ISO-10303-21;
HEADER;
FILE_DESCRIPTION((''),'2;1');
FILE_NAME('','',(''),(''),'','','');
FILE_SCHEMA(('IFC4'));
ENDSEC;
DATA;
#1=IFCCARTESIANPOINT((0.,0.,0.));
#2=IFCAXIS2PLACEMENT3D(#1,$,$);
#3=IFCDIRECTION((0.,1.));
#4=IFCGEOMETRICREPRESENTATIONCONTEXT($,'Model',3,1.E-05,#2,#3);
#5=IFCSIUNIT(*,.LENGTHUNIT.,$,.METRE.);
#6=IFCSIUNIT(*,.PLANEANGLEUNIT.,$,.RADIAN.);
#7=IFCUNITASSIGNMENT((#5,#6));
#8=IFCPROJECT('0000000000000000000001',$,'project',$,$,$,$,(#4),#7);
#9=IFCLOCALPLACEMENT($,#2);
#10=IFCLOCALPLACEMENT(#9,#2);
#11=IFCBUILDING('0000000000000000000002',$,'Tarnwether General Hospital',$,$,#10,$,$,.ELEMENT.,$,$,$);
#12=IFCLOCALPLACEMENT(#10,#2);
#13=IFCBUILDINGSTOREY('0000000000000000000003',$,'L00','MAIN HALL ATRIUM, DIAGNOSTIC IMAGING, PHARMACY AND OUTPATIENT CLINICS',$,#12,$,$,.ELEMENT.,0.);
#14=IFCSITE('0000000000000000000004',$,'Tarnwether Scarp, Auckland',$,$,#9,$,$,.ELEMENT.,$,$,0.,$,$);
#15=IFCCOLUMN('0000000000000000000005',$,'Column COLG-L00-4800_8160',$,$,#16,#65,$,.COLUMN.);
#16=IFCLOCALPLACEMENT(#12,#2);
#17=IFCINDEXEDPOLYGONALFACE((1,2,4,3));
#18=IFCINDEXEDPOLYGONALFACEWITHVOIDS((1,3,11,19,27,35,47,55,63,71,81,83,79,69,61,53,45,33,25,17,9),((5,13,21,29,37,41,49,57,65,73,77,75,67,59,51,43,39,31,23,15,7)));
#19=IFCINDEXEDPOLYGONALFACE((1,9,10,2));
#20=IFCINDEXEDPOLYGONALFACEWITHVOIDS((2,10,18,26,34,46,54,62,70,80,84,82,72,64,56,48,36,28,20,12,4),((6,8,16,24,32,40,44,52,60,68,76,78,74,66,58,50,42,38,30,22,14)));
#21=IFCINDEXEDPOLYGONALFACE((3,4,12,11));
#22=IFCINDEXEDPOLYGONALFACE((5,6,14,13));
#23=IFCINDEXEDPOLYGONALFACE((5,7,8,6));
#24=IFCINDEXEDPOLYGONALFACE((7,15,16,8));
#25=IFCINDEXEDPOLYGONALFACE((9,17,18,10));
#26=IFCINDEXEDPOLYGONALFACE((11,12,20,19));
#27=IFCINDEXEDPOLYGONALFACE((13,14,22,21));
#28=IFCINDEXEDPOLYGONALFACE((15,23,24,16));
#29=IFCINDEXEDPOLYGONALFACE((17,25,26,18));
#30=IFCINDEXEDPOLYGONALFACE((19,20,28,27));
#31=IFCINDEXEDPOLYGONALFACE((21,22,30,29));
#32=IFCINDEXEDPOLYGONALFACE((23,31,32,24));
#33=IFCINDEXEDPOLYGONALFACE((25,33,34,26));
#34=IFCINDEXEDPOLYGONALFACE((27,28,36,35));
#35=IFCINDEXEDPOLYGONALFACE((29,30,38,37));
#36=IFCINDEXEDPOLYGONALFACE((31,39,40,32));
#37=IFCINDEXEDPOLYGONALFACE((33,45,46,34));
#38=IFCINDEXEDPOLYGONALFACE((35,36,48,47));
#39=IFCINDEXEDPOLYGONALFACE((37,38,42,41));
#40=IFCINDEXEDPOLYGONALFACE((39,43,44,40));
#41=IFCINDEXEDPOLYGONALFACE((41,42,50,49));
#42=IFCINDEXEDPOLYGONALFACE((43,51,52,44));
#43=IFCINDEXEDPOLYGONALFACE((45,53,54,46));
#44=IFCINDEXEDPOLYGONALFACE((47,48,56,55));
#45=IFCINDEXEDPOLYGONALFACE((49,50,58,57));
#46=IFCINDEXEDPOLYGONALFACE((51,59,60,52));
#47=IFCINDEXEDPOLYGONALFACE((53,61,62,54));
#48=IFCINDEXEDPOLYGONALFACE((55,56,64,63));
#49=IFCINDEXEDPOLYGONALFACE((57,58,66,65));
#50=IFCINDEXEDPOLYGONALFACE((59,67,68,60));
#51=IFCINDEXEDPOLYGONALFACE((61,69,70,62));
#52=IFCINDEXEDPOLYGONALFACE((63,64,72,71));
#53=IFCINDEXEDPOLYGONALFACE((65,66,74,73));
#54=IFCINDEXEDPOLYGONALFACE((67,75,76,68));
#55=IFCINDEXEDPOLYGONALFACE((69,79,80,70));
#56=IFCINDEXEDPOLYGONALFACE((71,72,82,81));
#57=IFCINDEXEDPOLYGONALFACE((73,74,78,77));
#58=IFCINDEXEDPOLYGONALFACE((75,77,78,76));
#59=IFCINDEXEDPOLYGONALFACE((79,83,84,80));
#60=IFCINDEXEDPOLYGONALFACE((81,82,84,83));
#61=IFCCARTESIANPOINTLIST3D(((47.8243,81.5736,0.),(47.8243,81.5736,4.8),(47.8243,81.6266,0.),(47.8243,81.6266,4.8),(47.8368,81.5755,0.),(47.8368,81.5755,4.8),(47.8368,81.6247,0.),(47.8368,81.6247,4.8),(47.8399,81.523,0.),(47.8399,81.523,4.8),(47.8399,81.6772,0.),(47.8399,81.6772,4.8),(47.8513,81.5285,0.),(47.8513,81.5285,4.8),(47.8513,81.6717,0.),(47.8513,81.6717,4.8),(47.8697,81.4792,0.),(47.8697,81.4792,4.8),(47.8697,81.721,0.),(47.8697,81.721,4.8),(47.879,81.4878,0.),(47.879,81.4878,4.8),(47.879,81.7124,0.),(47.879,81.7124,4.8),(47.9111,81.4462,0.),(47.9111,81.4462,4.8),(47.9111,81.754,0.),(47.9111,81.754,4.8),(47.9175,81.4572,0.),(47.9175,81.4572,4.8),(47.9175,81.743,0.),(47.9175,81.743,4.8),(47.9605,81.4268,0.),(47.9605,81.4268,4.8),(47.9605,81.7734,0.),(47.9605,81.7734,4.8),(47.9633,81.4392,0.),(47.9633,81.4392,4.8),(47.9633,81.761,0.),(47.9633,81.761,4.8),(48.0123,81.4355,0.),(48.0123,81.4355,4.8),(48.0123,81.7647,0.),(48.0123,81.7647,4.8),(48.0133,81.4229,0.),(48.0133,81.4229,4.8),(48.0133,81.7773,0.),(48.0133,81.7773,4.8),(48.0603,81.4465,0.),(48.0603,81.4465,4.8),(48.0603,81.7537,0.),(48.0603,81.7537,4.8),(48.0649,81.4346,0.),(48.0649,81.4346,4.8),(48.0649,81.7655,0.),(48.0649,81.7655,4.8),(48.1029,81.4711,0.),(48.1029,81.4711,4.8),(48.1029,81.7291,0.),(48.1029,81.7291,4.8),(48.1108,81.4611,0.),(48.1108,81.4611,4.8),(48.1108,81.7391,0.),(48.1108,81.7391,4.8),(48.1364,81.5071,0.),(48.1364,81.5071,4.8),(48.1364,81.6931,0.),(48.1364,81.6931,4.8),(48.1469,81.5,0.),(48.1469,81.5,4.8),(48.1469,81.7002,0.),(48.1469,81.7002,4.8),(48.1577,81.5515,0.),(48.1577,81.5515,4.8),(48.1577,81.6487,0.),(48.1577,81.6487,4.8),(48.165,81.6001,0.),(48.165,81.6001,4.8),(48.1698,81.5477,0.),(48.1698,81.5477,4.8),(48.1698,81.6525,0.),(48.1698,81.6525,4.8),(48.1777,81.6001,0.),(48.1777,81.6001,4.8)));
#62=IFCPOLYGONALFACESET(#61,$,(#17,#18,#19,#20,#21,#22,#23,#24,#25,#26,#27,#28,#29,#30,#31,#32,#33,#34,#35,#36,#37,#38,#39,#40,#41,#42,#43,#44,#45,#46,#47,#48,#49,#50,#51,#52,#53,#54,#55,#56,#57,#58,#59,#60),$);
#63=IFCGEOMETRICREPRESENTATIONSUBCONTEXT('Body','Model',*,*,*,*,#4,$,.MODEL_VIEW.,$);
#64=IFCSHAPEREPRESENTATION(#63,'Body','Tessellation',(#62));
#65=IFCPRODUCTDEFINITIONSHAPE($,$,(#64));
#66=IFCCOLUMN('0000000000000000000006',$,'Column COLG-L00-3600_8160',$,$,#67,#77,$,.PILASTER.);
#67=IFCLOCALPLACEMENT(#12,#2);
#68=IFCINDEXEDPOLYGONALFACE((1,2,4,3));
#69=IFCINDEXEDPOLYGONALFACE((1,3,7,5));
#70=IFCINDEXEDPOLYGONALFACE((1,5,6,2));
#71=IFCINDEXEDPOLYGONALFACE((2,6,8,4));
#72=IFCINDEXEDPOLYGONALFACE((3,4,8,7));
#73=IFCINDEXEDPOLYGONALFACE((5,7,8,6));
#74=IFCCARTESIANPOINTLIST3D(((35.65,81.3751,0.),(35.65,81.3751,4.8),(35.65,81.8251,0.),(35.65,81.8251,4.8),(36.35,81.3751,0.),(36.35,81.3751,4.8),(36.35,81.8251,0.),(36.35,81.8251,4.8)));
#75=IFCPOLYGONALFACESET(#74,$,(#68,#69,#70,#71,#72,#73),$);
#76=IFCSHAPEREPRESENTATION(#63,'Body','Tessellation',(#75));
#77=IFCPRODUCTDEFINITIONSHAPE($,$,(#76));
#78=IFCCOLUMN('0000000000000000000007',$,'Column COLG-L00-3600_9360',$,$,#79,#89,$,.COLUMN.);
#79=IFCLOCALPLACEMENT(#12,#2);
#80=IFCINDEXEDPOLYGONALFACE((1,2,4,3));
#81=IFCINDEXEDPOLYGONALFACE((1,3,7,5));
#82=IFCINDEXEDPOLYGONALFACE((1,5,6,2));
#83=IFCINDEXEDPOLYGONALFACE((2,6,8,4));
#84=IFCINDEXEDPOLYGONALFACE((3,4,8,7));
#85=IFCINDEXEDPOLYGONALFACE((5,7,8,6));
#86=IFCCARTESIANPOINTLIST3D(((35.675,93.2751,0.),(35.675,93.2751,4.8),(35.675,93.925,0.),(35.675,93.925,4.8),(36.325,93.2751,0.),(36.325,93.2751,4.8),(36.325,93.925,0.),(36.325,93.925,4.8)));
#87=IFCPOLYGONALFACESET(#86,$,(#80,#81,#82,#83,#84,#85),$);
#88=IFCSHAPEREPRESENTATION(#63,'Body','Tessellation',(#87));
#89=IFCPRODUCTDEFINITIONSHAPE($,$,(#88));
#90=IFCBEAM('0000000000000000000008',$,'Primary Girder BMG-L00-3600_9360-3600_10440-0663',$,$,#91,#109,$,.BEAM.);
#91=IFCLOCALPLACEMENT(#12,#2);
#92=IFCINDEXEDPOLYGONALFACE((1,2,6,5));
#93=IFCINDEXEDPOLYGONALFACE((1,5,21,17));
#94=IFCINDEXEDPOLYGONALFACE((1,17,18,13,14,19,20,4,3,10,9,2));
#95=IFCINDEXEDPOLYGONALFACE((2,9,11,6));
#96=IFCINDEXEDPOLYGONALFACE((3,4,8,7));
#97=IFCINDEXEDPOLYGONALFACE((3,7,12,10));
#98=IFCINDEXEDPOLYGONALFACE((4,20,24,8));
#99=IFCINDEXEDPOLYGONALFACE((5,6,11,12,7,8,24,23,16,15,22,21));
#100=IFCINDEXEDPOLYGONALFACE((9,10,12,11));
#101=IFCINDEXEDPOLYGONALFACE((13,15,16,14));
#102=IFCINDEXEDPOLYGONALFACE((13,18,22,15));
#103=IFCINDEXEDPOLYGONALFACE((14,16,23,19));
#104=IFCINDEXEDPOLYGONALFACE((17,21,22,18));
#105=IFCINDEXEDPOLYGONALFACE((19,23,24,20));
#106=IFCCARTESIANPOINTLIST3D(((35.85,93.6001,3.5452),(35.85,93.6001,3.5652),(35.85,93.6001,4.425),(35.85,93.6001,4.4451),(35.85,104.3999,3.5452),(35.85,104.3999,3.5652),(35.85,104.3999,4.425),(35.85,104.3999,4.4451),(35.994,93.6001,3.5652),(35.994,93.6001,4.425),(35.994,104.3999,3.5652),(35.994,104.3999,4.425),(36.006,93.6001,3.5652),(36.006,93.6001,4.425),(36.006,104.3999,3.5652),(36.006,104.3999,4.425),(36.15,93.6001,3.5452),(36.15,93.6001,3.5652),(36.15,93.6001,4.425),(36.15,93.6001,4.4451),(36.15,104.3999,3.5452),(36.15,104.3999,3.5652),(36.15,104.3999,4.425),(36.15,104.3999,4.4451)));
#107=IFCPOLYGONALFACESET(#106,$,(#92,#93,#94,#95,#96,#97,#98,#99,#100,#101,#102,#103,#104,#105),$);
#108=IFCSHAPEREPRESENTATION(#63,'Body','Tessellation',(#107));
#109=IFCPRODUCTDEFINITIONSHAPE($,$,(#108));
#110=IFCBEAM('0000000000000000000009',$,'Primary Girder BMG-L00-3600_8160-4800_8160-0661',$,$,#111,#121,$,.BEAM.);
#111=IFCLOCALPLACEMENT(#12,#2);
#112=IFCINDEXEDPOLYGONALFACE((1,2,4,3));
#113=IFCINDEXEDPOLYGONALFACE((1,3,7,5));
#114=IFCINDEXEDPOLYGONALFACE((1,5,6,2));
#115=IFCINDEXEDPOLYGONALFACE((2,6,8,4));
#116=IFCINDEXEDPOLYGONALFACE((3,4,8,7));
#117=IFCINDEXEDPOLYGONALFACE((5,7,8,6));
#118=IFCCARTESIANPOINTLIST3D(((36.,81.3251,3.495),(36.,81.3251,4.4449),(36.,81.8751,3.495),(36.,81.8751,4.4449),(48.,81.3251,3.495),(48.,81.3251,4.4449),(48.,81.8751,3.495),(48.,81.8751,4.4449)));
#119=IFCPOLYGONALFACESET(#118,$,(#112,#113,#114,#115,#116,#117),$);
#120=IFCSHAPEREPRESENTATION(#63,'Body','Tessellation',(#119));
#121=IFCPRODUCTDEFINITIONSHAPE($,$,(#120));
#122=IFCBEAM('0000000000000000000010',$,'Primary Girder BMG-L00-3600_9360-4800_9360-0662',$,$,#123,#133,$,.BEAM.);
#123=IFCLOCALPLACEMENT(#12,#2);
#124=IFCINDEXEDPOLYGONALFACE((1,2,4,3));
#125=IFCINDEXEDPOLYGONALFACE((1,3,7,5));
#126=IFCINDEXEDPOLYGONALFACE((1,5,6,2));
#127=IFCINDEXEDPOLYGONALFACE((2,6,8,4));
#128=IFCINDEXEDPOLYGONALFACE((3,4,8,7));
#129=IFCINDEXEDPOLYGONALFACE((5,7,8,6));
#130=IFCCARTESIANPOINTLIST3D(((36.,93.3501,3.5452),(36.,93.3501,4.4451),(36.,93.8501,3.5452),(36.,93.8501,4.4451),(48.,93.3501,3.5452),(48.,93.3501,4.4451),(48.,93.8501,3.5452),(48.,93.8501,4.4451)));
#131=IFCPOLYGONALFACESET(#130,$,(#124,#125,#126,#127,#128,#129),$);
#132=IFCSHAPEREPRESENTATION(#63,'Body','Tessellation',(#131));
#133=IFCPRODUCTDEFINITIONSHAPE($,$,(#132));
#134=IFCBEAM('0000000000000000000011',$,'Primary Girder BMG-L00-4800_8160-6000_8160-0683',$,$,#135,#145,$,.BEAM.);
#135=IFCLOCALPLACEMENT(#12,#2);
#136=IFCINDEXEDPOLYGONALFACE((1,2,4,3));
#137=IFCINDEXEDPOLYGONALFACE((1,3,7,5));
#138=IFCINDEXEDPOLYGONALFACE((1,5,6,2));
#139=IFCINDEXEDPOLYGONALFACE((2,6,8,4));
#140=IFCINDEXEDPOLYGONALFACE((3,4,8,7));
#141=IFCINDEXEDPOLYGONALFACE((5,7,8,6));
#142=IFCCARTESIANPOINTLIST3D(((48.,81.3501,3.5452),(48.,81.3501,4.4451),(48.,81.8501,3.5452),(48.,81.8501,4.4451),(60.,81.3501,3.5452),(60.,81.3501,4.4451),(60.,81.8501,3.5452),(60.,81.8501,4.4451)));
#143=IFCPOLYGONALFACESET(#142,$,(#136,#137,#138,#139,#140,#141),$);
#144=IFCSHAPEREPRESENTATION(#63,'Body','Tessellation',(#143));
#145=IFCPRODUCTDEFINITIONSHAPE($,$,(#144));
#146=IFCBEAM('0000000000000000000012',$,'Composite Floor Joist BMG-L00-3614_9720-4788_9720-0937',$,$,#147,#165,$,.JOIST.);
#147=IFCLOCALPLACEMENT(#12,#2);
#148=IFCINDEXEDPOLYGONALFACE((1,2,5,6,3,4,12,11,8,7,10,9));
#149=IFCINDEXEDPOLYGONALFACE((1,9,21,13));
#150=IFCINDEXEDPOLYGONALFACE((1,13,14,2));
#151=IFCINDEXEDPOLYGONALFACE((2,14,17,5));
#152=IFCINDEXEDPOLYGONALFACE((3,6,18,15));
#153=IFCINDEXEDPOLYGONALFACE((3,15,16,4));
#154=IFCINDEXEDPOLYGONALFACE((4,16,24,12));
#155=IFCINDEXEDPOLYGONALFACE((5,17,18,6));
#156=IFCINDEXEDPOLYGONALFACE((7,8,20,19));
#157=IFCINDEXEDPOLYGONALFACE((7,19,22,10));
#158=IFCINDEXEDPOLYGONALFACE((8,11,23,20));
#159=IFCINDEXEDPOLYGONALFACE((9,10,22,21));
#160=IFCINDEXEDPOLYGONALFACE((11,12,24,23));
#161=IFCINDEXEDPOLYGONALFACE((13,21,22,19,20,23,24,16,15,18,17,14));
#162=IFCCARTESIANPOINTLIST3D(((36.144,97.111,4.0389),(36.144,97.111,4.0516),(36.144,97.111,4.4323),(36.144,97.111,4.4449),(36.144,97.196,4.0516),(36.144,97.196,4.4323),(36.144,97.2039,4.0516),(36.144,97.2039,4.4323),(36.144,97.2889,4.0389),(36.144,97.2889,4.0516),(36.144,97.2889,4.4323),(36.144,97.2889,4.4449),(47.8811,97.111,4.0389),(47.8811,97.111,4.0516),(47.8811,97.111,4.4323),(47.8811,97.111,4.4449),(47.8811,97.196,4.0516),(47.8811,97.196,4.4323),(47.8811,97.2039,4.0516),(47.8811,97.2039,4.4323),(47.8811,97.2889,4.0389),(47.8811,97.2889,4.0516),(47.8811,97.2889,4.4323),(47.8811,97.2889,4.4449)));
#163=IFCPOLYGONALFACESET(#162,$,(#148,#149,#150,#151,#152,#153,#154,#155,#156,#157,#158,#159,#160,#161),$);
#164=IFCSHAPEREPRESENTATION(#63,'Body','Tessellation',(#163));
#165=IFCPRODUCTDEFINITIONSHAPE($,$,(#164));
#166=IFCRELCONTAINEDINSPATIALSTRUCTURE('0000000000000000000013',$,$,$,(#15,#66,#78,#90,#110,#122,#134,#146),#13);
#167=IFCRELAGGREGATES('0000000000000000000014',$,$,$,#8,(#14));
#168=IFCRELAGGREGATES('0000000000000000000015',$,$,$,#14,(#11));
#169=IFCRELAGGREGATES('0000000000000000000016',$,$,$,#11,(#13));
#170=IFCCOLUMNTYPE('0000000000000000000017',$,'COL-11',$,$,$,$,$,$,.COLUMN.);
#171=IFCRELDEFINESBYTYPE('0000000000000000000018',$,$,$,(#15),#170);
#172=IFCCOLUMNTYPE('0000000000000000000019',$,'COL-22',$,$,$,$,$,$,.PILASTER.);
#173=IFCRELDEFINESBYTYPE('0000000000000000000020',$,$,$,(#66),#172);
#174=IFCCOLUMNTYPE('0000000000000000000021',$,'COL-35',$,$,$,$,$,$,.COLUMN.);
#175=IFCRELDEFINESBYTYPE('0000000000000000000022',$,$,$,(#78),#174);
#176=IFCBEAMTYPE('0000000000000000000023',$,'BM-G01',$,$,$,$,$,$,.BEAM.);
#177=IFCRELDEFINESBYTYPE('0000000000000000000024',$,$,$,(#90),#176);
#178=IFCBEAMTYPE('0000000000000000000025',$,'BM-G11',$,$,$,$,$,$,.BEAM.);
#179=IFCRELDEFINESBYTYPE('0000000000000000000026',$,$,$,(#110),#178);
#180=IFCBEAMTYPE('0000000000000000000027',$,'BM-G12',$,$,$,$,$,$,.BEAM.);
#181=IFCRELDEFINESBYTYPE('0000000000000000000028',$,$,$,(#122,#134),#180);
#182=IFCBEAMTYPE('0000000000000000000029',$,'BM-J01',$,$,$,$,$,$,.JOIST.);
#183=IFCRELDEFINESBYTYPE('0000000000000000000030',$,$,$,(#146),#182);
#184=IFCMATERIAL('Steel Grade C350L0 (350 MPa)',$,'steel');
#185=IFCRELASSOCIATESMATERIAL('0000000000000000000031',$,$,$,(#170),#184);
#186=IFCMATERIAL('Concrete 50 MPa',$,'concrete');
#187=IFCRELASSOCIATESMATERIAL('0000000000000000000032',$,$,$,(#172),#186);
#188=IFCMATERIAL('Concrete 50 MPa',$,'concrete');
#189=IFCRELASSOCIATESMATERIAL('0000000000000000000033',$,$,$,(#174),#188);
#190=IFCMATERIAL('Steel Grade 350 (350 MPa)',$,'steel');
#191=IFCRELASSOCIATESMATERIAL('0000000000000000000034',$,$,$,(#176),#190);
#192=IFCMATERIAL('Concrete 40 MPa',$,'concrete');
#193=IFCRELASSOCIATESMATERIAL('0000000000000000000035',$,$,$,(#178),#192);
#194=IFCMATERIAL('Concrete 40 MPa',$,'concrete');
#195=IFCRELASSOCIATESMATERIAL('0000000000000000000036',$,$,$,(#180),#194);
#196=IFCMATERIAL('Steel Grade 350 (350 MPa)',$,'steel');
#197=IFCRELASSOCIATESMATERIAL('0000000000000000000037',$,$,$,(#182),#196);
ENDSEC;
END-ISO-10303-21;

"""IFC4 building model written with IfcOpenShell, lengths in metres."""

from ifc_helpers import new_model, si_unit, direction, frame, origin, origin_2d, place, context, subcontext, project, spatial, rectangle, hollow_circle, i_section, extrude, material, material_profile, profile_set, type_object, element, save


model = new_model("IFC4")

# Units and contexts
model_context = context("Model", 3, precision=1e-05, world=origin(), true_north=direction((0.0, 1.0)))
body_context = subcontext(model_context, "Body", "Model", "MODEL_VIEW")
ifc_project = project(units=[si_unit("LENGTHUNIT", "METRE"), si_unit("PLANEANGLEUNIT", "RADIAN")], contexts=[model_context])

# Site, building, storey
site_placement = place(None, origin())
site = spatial("IfcSite", under=ifc_project, at=site_placement, Name="Tarnwether Scarp, Auckland", CompositionType="ELEMENT", RefElevation=0.0)
building_placement = place(site_placement, origin())
building = spatial("IfcBuilding", under=site, at=building_placement, Name="Tarnwether General Hospital", CompositionType="ELEMENT")
storey_placement = place(building_placement, origin())
storey = spatial("IfcBuildingStorey", under=building, at=storey_placement, Name="L00", Description="MAIN HALL ATRIUM, DIAGNOSTIC IMAGING, PHARMACY AND OUTPATIENT CLINICS", CompositionType="ELEMENT", Elevation=0.0)

# Columns
ifc_material_1 = material(Name="Steel Grade C350L0 (350 MPa)", Category="steel")
ifc_material_profile_1 = material_profile(ifc_material_1, hollow_circle(Radius=0.1777, WallThickness=0.0127, at=origin_2d()), Name="CHS355.6x12.7")
ifc_profile_set_1 = profile_set([ifc_material_profile_1], Name="Steel Grade C350L0 (350 MPa)")
column_type_1 = type_object("IfcColumnType", Name="COL-11", PredefinedType="COLUMN", material=ifc_profile_set_1)
column_1_placement = place(storey_placement, frame((48.0, 81.6001, 0.0), z_axis=(0.0, 0.0, 1.0), x_axis=(1.0, 0.0, 0.0)))
element("IfcColumn", 1, at=column_1_placement, inside=storey, type_object=column_type_1, Name="Column COLG-L00-4800_8160", PredefinedType="COLUMN", context=body_context, shape_type="SweptSolid", body=[
    extrude(hollow_circle(Radius=0.1777, WallThickness=0.0127, at=origin_2d()), origin(), (0.0, 0.0, 1.0), 4.8),
])
ifc_material_2 = material(Name="Concrete 50 MPa", Category="concrete")
ifc_material_profile_2 = material_profile(ifc_material_2, rectangle(XDim=0.45, YDim=0.7, at=origin_2d()), Name="RC-PIL-450x700")
ifc_profile_set_2 = profile_set([ifc_material_profile_2], Name="Concrete 50 MPa")
column_type_2 = type_object("IfcColumnType", Name="COL-22", PredefinedType="PILASTER", material=ifc_profile_set_2)
column_2_placement = place(storey_placement, frame((36.0, 81.6001, 0.0), z_axis=(0.0, 0.0, 1.0), x_axis=(0.0, 1.0, 0.0)))
element("IfcColumn", 2, at=column_2_placement, inside=storey, type_object=column_type_2, Name="Column COLG-L00-3600_8160", PredefinedType="PILASTER", context=body_context, shape_type="SweptSolid", body=[
    extrude(rectangle(XDim=0.45, YDim=0.7, at=origin_2d()), origin(), (0.0, 0.0, 1.0), 4.8),
])
ifc_material_3 = material(Name="Concrete 50 MPa", Category="concrete")
ifc_material_profile_3 = material_profile(ifc_material_3, rectangle(XDim=0.6499, YDim=0.6499, at=origin_2d()), Name="RC-COL-650x650")
ifc_profile_set_3 = profile_set([ifc_material_profile_3], Name="Concrete 50 MPa")
column_type_3 = type_object("IfcColumnType", Name="COL-35", PredefinedType="COLUMN", material=ifc_profile_set_3)
column_3_placement = place(storey_placement, frame((36.0, 93.6001, 0.0), z_axis=(0.0, 0.0, 1.0), x_axis=(0.0, 1.0, 0.0)))
element("IfcColumn", 3, at=column_3_placement, inside=storey, type_object=column_type_3, Name="Column COLG-L00-3600_9360", PredefinedType="COLUMN", context=body_context, shape_type="SweptSolid", body=[
    extrude(rectangle(XDim=0.6499, YDim=0.6499, at=origin_2d()), origin(), (0.0, 0.0, 1.0), 4.8),
])

# Beams
ifc_material_4 = material(Name="Steel Grade 350 (350 MPa)", Category="steel")
ifc_material_profile_4 = material_profile(ifc_material_4, i_section(OverallWidth=0.3, OverallDepth=0.8999, WebThickness=0.012, FlangeThickness=0.02, at=origin_2d()), Name="900WB175")
ifc_profile_set_4 = profile_set([ifc_material_profile_4], Name="Steel Grade 350 (350 MPa)")
beam_type_1 = type_object("IfcBeamType", Name="BM-G01", PredefinedType="BEAM", material=ifc_profile_set_4)
beam_1_placement = place(storey_placement, frame((36.0, 93.6001, 3.9951), z_axis=(0.0, 1.0, 0.0), x_axis=(-1.0, 0.0, 0.0)))
element("IfcBeam", 4, at=beam_1_placement, inside=storey, type_object=beam_type_1, Name="Primary Girder BMG-L00-3600_9360-3600_10440-0663", PredefinedType="BEAM", context=body_context, shape_type="SweptSolid", body=[
    extrude(i_section(OverallWidth=0.3, OverallDepth=0.8999, WebThickness=0.012, FlangeThickness=0.02, at=origin_2d()), origin(), (0.0, 0.0, 1.0), 10.7998),
])
ifc_material_5 = material(Name="Concrete 40 MPa", Category="concrete")
ifc_material_profile_5 = material_profile(ifc_material_5, rectangle(XDim=0.55, YDim=0.95, at=origin_2d()), Name="RC-BM-550x950")
ifc_profile_set_5 = profile_set([ifc_material_profile_5], Name="Concrete 40 MPa")
beam_type_2 = type_object("IfcBeamType", Name="BM-G11", PredefinedType="BEAM", material=ifc_profile_set_5)
beam_2_placement = place(storey_placement, frame((36.0, 81.6001, 3.97), z_axis=(1.0, 0.0, 0.0), x_axis=(0.0, 1.0, 0.0)))
element("IfcBeam", 5, at=beam_2_placement, inside=storey, type_object=beam_type_2, Name="Primary Girder BMG-L00-3600_8160-4800_8160-0661", PredefinedType="BEAM", context=body_context, shape_type="SweptSolid", body=[
    extrude(rectangle(XDim=0.55, YDim=0.95, at=origin_2d()), origin(), (0.0, 0.0, 1.0), 12.0),
])
ifc_material_6 = material(Name="Concrete 40 MPa", Category="concrete")
ifc_material_profile_6 = material_profile(ifc_material_6, rectangle(XDim=0.5, YDim=0.8999, at=origin_2d()), Name="RC-BM-500x900")
ifc_profile_set_6 = profile_set([ifc_material_profile_6], Name="Concrete 40 MPa")
beam_type_3 = type_object("IfcBeamType", Name="BM-G12", PredefinedType="BEAM", material=ifc_profile_set_6)
for number, where, z_axis, x_axis, name in (
    (6, (36.0, 93.6001, 3.9951), (1.0, 0.0, 0.0), (0.0, 1.0, 0.0), "Primary Girder BMG-L00-3600_9360-4800_9360-0662"),
    (7, (48.0, 81.6001, 3.9951), (1.0, 0.0, 0.0), (0.0, 1.0, 0.0), "Primary Girder BMG-L00-4800_8160-6000_8160-0683"),
):
    element("IfcBeam", number, at=place(storey_placement, frame(where, z_axis=z_axis, x_axis=x_axis)), inside=storey, type_object=beam_type_3, Name=name, PredefinedType="BEAM", context=body_context, shape_type="SweptSolid", body=[
        extrude(rectangle(XDim=0.5, YDim=0.8999, at=origin_2d()), origin(), (0.0, 0.0, 1.0), 12.0),
    ])
ifc_material_7 = material(Name="Steel Grade 350 (350 MPa)", Category="steel")
ifc_material_profile_7 = material_profile(ifc_material_7, i_section(OverallWidth=0.178, OverallDepth=0.406, WebThickness=0.0078, FlangeThickness=0.0127, at=origin_2d()), Name="410UB59.7")
ifc_profile_set_7 = profile_set([ifc_material_profile_7], Name="Steel Grade 350 (350 MPa)")
beam_type_4 = type_object("IfcBeamType", Name="BM-J01", PredefinedType="JOIST", material=ifc_profile_set_7)
beam_3_placement = place(storey_placement, frame((36.144, 97.2, 4.2419), z_axis=(1.0, 0.0, 0.0), x_axis=(0.0, 1.0, 0.0)))
element("IfcBeam", 8, at=beam_3_placement, inside=storey, type_object=beam_type_4, Name="Composite Floor Joist BMG-L00-3614_9720-4788_9720-0937", PredefinedType="JOIST", context=body_context, shape_type="SweptSolid", body=[
    extrude(i_section(OverallWidth=0.178, OverallDepth=0.406, WebThickness=0.0078, FlangeThickness=0.0127, at=origin_2d()), origin(), (0.0, 0.0, 1.0), 11.7371),
])

save(model, "model.ifc")
